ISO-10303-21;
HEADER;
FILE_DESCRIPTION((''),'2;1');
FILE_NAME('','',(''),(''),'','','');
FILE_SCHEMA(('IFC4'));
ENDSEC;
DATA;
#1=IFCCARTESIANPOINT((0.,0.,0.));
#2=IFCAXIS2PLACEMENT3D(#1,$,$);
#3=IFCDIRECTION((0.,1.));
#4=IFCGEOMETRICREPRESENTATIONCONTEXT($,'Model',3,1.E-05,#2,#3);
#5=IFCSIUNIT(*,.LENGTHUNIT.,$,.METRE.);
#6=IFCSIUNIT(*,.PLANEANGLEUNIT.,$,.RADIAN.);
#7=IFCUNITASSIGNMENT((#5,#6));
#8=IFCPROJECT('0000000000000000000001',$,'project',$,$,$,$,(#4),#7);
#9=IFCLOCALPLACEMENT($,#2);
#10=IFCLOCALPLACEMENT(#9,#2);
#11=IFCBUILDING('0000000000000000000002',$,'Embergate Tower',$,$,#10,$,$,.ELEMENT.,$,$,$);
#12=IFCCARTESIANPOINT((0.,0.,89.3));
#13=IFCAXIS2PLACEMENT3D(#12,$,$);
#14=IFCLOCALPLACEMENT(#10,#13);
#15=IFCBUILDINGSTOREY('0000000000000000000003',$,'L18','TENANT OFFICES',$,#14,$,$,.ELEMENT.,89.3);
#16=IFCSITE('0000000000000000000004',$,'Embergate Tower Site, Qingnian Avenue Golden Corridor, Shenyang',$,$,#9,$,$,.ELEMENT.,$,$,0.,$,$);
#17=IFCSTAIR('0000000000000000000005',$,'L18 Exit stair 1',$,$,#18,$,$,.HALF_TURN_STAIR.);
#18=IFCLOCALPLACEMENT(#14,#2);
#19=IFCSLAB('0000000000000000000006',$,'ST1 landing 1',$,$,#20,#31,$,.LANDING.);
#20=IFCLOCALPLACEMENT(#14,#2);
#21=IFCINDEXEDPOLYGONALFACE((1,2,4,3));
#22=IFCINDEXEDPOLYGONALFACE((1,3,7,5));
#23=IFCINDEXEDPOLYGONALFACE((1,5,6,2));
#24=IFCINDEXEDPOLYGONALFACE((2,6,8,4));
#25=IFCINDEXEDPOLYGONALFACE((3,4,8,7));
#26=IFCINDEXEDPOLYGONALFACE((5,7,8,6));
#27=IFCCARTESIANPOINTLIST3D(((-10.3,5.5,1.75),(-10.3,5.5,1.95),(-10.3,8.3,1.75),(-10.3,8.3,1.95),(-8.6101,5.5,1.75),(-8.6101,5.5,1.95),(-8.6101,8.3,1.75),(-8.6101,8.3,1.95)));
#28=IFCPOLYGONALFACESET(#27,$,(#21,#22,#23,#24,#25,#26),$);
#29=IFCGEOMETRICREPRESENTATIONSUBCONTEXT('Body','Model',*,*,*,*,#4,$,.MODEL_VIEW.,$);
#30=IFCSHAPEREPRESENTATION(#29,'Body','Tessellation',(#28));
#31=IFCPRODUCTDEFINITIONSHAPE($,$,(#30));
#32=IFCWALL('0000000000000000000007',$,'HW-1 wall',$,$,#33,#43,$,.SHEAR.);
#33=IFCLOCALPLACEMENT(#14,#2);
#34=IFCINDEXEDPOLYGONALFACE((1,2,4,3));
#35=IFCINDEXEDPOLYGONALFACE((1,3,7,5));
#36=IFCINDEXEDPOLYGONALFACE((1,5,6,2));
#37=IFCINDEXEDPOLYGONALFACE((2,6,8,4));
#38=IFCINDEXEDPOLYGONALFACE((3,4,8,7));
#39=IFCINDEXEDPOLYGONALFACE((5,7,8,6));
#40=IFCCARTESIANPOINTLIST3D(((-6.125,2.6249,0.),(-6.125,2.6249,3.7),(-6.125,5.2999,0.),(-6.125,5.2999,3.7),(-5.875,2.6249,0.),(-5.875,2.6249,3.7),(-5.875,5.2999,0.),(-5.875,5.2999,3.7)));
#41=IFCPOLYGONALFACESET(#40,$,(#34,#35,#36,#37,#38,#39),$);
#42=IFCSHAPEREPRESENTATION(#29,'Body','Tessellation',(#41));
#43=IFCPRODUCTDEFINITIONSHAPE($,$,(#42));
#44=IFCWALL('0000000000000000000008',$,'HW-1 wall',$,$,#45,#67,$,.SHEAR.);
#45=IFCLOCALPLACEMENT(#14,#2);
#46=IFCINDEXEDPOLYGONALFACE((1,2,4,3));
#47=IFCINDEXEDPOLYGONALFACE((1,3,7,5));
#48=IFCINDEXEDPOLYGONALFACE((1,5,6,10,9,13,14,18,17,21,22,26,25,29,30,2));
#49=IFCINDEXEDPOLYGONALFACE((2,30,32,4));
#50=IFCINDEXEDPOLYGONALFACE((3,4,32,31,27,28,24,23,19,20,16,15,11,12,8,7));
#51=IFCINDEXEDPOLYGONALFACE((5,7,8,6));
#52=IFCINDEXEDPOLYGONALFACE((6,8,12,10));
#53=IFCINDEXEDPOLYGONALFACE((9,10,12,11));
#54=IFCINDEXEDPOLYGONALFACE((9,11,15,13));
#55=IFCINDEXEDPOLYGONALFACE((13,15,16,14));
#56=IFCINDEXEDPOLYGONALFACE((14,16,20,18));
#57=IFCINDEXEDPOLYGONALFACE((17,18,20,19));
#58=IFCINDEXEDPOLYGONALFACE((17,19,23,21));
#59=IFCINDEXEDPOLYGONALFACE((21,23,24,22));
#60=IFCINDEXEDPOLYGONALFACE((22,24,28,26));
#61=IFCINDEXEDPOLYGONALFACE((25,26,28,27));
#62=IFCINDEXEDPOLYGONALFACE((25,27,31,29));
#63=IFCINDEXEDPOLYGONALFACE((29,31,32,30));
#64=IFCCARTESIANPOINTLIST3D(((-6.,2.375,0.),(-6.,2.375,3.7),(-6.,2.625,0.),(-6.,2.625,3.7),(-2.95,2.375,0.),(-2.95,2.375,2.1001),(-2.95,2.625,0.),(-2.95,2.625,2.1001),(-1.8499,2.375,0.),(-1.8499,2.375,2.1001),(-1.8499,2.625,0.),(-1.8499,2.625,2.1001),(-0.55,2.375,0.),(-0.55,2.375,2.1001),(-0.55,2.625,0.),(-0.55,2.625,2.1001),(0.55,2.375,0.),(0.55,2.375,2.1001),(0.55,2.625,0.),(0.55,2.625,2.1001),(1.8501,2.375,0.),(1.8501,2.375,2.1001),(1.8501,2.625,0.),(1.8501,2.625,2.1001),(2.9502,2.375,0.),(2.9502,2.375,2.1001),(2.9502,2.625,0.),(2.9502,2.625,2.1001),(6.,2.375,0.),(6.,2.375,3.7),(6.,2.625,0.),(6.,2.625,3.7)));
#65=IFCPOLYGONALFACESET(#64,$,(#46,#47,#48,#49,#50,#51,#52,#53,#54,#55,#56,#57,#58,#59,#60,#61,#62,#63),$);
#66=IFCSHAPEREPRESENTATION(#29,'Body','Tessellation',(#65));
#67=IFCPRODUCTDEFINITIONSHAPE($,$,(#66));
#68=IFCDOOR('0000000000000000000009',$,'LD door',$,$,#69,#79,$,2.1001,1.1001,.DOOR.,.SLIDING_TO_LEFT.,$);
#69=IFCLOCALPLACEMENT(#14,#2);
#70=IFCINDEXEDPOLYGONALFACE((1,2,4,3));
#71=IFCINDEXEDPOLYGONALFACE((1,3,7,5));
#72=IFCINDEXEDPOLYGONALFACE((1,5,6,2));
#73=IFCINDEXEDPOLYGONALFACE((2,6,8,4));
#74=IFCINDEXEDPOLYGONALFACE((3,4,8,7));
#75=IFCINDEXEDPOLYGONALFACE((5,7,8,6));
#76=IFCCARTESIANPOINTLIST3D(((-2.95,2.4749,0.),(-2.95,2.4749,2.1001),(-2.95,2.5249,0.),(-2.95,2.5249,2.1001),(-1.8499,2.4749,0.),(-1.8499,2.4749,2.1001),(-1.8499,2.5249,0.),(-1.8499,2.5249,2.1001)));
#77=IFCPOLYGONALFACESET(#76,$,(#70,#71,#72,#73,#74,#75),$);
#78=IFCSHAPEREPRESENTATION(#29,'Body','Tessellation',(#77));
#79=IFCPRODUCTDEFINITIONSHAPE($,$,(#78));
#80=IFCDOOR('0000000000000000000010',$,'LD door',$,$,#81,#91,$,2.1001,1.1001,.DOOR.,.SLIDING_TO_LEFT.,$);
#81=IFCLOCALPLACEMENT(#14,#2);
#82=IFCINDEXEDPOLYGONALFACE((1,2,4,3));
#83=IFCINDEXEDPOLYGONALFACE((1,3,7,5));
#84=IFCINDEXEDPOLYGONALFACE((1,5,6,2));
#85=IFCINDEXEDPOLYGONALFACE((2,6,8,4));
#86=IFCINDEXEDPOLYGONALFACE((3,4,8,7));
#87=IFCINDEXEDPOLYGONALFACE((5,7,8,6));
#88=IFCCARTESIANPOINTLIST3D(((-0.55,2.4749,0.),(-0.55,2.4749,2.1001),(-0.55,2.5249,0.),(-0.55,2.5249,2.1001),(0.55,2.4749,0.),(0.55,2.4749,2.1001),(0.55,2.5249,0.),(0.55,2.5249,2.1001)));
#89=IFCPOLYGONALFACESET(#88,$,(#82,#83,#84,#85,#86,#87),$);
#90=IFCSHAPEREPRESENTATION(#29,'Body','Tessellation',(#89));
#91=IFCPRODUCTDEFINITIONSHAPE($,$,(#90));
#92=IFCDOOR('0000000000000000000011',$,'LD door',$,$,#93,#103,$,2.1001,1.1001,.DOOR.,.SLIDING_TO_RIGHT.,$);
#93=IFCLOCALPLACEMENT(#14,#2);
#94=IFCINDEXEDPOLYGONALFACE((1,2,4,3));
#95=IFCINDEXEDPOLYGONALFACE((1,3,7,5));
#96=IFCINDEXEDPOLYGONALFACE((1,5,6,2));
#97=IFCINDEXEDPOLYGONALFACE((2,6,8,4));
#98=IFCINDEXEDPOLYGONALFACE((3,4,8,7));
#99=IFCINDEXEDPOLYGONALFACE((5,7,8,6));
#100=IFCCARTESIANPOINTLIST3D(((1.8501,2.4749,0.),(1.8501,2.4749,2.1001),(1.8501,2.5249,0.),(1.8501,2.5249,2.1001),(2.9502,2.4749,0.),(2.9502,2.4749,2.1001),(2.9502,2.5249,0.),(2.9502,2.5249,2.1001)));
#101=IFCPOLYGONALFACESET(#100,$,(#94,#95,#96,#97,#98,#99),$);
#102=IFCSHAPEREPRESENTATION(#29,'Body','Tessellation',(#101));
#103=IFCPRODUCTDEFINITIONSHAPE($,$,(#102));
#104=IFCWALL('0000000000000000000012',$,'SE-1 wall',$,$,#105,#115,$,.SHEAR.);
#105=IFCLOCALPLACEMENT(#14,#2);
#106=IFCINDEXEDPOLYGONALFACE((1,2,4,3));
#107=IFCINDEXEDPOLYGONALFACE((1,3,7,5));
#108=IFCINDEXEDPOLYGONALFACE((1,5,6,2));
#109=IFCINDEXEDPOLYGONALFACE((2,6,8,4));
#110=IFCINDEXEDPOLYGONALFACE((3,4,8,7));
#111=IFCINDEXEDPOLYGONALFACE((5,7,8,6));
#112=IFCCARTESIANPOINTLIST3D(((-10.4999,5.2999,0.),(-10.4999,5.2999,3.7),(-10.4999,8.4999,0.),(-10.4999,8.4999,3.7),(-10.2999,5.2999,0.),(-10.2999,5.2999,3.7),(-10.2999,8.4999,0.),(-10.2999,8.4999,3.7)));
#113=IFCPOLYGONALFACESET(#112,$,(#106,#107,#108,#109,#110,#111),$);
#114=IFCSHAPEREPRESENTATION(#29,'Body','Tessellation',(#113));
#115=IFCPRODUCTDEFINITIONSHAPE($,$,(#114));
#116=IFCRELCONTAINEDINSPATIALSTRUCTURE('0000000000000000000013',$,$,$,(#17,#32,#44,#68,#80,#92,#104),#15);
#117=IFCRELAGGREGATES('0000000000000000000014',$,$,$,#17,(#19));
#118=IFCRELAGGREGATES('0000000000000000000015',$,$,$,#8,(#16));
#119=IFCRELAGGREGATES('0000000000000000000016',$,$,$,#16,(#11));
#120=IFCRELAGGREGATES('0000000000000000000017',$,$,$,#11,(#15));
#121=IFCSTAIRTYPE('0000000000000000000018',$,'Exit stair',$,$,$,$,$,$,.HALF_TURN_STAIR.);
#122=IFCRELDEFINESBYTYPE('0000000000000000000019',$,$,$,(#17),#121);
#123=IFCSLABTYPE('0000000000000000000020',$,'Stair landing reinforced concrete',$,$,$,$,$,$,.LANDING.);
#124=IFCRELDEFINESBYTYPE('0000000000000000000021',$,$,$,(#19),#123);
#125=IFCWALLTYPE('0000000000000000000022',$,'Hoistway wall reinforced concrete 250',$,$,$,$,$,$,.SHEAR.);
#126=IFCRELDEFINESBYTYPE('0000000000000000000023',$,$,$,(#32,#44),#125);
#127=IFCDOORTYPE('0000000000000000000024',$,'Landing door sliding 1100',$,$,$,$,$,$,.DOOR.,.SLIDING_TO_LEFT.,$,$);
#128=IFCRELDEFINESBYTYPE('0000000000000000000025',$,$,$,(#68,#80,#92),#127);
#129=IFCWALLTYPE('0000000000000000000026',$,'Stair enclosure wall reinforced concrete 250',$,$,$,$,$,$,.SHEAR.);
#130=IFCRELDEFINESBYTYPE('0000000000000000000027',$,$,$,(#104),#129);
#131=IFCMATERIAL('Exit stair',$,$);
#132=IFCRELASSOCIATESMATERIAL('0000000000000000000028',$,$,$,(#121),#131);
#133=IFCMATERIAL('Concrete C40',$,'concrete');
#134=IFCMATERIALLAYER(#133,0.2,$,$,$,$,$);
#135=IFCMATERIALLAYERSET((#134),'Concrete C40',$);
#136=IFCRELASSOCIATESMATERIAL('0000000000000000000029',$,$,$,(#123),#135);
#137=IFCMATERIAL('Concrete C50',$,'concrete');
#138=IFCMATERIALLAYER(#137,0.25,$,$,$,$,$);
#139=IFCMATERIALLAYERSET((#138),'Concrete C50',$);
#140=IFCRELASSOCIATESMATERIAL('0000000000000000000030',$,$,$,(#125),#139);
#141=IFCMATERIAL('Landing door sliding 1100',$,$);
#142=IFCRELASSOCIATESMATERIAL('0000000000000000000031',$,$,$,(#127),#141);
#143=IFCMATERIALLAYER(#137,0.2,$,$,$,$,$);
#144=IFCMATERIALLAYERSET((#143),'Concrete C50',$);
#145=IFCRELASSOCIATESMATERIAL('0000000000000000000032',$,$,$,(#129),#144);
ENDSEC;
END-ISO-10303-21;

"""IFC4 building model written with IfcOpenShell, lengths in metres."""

from ifc_helpers import new_model, si_unit, direction, frame, frame_2d, origin, place, context, subcontext, project, spatial, polyline, rectangle, outline, extrude, source, transform, mapped, material, layer, layer_set, type_object, element, fill, aggregate, save


model = new_model("IFC4")

# Units and contexts
model_context = context("Model", 3, precision=1e-05, world=origin(), true_north=direction((0.0, 1.0)))
body_context = subcontext(model_context, "Body", "Model", "MODEL_VIEW")
ifc_project = project(units=[si_unit("LENGTHUNIT", "METRE"), si_unit("PLANEANGLEUNIT", "RADIAN")], contexts=[model_context])

# Site, building, storey
site_placement = place(None, origin())
site = spatial("IfcSite", under=ifc_project, at=site_placement, Name="Embergate Tower Site, Qingnian Avenue Golden Corridor, Shenyang", CompositionType="ELEMENT", RefElevation=0.0)
building_placement = place(site_placement, origin())
building = spatial("IfcBuilding", under=site, at=building_placement, Name="Embergate Tower", CompositionType="ELEMENT")
storey_placement = place(building_placement, frame((0.0, 0.0, 89.3)))
storey = spatial("IfcBuildingStorey", under=building, at=storey_placement, Name="L18", Description="TENANT OFFICES", CompositionType="ELEMENT", Elevation=89.3)

# Stair, slab
ifc_material_1 = material(Name="Exit stair")
stair_type = type_object("IfcStairType", Name="Exit stair", PredefinedType="HALF_TURN_STAIR", material=ifc_material_1)
stair_placement = place(storey_placement, origin())
stair = element("IfcStair", 1, at=stair_placement, inside=storey, type_object=stair_type, Name="L18 Exit stair 1", PredefinedType="HALF_TURN_STAIR")
ifc_material_2 = material(Name="Concrete C40", Category="concrete")
ifc_layer_1 = layer(ifc_material_2, 0.2)
ifc_layer_set_1 = layer_set([ifc_layer_1], Name="Concrete C40")
slab_type = type_object("IfcSlabType", Name="Stair landing reinforced concrete", PredefinedType="LANDING", material=ifc_layer_set_1)
shared_shape_1 = source(origin(), body_context, "Body", "SweptSolid", [
    extrude(outline(polyline([(0.0, 0.0), (1.6899, 0.0), (1.6899, 2.8), (0.0, 2.8), (0.0, 0.0)])), origin(), (0.0, 0.0, 1.0), 0.2),
])
slab_placement = place(storey_placement, frame((-10.3, 5.5, 1.75)))
slab = element("IfcSlab", 2, at=slab_placement, type_object=slab_type, Name="ST1 landing 1", PredefinedType="LANDING", context=body_context, shape_type="MappedRepresentation", body=[
    mapped(shared_shape_1, transform((0.0, 0.0, 0.0))),
])

# Wall
ifc_material_3 = material(Name="Concrete C50", Category="concrete")
ifc_layer_2 = layer(ifc_material_3, 0.25)
ifc_layer_set_2 = layer_set([ifc_layer_2], Name="Concrete C50")
wall_type_1 = type_object("IfcWallType", Name="Hoistway wall reinforced concrete 250", PredefinedType="SHEAR", material=ifc_layer_set_2)
shared_shape_2 = source(origin(), body_context, "Body", "SweptSolid", [
    extrude(rectangle(XDim=2.675, YDim=0.25, at=frame_2d((1.3374, 0.0))), origin(), (0.0, 0.0, 1.0), 3.7),
])
wall_1_placement = place(storey_placement, frame((-6.0, 2.625, 0.0), z_axis=(0.0, 0.0, 1.0), x_axis=(0.0, 1.0, 0.0)))
element("IfcWall", 3, at=wall_1_placement, inside=storey, type_object=wall_type_1, Name="HW-1 wall", PredefinedType="SHEAR", context=body_context, shape_type="MappedRepresentation", body=[
    mapped(shared_shape_2, transform((0.0, 0.0, 0.0))),
])

# Wall, openings, doors
shared_shape_3 = source(origin(), body_context, "Body", "SweptSolid", [
    extrude(rectangle(XDim=12.0, YDim=0.25, at=frame_2d((6.0, 0.0))), origin(), (0.0, 0.0, 1.0), 3.7),
])
wall_2_placement = place(storey_placement, frame((-6.0, 2.5, 0.0), z_axis=(0.0, 0.0, 1.0), x_axis=(1.0, 0.0, 0.0)))
wall_2 = element("IfcWall", 4, at=wall_2_placement, inside=storey, type_object=wall_type_1, Name="HW-1 wall", PredefinedType="SHEAR", context=body_context, shape_type="MappedRepresentation", body=[
    mapped(shared_shape_3, transform((0.0, 0.0, 0.0))),
])
shared_shape_4 = source(origin(), body_context, "Body", "SweptSolid", [
    extrude(rectangle(XDim=1.1001, YDim=2.1001, at=frame_2d((0.55, 1.05))), frame((0.0, 0.135, 0.0), z_axis=(0.0, -1.0, 0.0), x_axis=(1.0, 0.0, 0.0)), (0.0, 0.0, 1.0), 0.27),
])
opening_1_placement = place(wall_2_placement, frame((3.05, 0.0, 0.0)))
opening_1 = element("IfcOpeningElement", 5, at=opening_1_placement, cuts=wall_2, PredefinedType="OPENING", context=body_context, shape_type="MappedRepresentation", body=[
    mapped(shared_shape_4, transform((0.0, 0.0, 0.0))),
])
opening_2_placement = place(wall_2_placement, frame((5.45, 0.0, 0.0)))
opening_2 = element("IfcOpeningElement", 6, at=opening_2_placement, cuts=wall_2, PredefinedType="OPENING", context=body_context, shape_type="MappedRepresentation", body=[
    mapped(shared_shape_4, transform((0.0, 0.0, 0.0))),
])
opening_3_placement = place(wall_2_placement, frame((7.8501, 0.0, 0.0)))
opening_3 = element("IfcOpeningElement", 7, at=opening_3_placement, cuts=wall_2, PredefinedType="OPENING", context=body_context, shape_type="MappedRepresentation", body=[
    mapped(shared_shape_4, transform((0.0, 0.0, 0.0))),
])
ifc_material_4 = material(Name="Landing door sliding 1100")
door_type_1 = type_object("IfcDoorType", Name="Landing door sliding 1100", OperationType="SLIDING_TO_LEFT", PredefinedType="DOOR", material=ifc_material_4)
shared_shape_5 = source(origin(), body_context, "Body", "SweptSolid", [
    extrude(rectangle(XDim=1.1001, YDim=2.1001, at=frame_2d((0.55, 1.05))), frame((0.0, 0.0249, 0.0), z_axis=(0.0, -1.0, 0.0), x_axis=(1.0, 0.0, 0.0)), (0.0, 0.0, 1.0), 0.05),
])
door_1_placement = place(opening_1_placement, origin())
door_1 = element("IfcDoor", 8, at=door_1_placement, inside=storey, type_object=door_type_1, Name="LD door", OperationType="SLIDING_TO_LEFT", OverallHeight=2.1001, OverallWidth=1.1001, PredefinedType="DOOR", context=body_context, shape_type="MappedRepresentation", body=[
    mapped(shared_shape_5, transform((0.0, 0.0, 0.0))),
])
fill(opening_1, door_1)
door_2_placement = place(opening_2_placement, origin())
door_2 = element("IfcDoor", 9, at=door_2_placement, inside=storey, type_object=door_type_1, Name="LD door", OperationType="SLIDING_TO_LEFT", OverallHeight=2.1001, OverallWidth=1.1001, PredefinedType="DOOR", context=body_context, shape_type="MappedRepresentation", body=[
    mapped(shared_shape_5, transform((0.0, 0.0, 0.0))),
])
fill(opening_2, door_2)
door_3_placement = place(opening_3_placement, origin())
door_3 = element("IfcDoor", 10, at=door_3_placement, inside=storey, type_object=door_type_1, Name="LD door", OperationType="SLIDING_TO_RIGHT", OverallHeight=2.1001, OverallWidth=1.1001, PredefinedType="DOOR", context=body_context, shape_type="MappedRepresentation", body=[
    mapped(shared_shape_5, transform((0.0, 0.0, 0.0))),
])
fill(opening_3, door_3)

# Wall
ifc_layer_3 = layer(ifc_material_3, 0.2)
ifc_layer_set_3 = layer_set([ifc_layer_3], Name="Concrete C50")
wall_type_2 = type_object("IfcWallType", Name="Stair enclosure wall reinforced concrete 250", PredefinedType="SHEAR", material=ifc_layer_set_3)
shared_shape_6 = source(origin(), body_context, "Body", "SweptSolid", [
    extrude(rectangle(XDim=3.2, YDim=0.2, at=frame_2d((1.6001, 0.0))), origin(), (0.0, 0.0, 1.0), 3.7),
])
wall_3_placement = place(storey_placement, frame((-10.3999, 8.5, 0.0), z_axis=(0.0, 0.0, 1.0), x_axis=(0.0, -1.0, 0.0)))
element("IfcWall", 11, at=wall_3_placement, inside=storey, type_object=wall_type_2, Name="SE-1 wall", PredefinedType="SHEAR", context=body_context, shape_type="MappedRepresentation", body=[
    mapped(shared_shape_6, transform((0.0, 0.0, 0.0))),
])

aggregate(stair, [slab])

save(model, "model.ifc")
